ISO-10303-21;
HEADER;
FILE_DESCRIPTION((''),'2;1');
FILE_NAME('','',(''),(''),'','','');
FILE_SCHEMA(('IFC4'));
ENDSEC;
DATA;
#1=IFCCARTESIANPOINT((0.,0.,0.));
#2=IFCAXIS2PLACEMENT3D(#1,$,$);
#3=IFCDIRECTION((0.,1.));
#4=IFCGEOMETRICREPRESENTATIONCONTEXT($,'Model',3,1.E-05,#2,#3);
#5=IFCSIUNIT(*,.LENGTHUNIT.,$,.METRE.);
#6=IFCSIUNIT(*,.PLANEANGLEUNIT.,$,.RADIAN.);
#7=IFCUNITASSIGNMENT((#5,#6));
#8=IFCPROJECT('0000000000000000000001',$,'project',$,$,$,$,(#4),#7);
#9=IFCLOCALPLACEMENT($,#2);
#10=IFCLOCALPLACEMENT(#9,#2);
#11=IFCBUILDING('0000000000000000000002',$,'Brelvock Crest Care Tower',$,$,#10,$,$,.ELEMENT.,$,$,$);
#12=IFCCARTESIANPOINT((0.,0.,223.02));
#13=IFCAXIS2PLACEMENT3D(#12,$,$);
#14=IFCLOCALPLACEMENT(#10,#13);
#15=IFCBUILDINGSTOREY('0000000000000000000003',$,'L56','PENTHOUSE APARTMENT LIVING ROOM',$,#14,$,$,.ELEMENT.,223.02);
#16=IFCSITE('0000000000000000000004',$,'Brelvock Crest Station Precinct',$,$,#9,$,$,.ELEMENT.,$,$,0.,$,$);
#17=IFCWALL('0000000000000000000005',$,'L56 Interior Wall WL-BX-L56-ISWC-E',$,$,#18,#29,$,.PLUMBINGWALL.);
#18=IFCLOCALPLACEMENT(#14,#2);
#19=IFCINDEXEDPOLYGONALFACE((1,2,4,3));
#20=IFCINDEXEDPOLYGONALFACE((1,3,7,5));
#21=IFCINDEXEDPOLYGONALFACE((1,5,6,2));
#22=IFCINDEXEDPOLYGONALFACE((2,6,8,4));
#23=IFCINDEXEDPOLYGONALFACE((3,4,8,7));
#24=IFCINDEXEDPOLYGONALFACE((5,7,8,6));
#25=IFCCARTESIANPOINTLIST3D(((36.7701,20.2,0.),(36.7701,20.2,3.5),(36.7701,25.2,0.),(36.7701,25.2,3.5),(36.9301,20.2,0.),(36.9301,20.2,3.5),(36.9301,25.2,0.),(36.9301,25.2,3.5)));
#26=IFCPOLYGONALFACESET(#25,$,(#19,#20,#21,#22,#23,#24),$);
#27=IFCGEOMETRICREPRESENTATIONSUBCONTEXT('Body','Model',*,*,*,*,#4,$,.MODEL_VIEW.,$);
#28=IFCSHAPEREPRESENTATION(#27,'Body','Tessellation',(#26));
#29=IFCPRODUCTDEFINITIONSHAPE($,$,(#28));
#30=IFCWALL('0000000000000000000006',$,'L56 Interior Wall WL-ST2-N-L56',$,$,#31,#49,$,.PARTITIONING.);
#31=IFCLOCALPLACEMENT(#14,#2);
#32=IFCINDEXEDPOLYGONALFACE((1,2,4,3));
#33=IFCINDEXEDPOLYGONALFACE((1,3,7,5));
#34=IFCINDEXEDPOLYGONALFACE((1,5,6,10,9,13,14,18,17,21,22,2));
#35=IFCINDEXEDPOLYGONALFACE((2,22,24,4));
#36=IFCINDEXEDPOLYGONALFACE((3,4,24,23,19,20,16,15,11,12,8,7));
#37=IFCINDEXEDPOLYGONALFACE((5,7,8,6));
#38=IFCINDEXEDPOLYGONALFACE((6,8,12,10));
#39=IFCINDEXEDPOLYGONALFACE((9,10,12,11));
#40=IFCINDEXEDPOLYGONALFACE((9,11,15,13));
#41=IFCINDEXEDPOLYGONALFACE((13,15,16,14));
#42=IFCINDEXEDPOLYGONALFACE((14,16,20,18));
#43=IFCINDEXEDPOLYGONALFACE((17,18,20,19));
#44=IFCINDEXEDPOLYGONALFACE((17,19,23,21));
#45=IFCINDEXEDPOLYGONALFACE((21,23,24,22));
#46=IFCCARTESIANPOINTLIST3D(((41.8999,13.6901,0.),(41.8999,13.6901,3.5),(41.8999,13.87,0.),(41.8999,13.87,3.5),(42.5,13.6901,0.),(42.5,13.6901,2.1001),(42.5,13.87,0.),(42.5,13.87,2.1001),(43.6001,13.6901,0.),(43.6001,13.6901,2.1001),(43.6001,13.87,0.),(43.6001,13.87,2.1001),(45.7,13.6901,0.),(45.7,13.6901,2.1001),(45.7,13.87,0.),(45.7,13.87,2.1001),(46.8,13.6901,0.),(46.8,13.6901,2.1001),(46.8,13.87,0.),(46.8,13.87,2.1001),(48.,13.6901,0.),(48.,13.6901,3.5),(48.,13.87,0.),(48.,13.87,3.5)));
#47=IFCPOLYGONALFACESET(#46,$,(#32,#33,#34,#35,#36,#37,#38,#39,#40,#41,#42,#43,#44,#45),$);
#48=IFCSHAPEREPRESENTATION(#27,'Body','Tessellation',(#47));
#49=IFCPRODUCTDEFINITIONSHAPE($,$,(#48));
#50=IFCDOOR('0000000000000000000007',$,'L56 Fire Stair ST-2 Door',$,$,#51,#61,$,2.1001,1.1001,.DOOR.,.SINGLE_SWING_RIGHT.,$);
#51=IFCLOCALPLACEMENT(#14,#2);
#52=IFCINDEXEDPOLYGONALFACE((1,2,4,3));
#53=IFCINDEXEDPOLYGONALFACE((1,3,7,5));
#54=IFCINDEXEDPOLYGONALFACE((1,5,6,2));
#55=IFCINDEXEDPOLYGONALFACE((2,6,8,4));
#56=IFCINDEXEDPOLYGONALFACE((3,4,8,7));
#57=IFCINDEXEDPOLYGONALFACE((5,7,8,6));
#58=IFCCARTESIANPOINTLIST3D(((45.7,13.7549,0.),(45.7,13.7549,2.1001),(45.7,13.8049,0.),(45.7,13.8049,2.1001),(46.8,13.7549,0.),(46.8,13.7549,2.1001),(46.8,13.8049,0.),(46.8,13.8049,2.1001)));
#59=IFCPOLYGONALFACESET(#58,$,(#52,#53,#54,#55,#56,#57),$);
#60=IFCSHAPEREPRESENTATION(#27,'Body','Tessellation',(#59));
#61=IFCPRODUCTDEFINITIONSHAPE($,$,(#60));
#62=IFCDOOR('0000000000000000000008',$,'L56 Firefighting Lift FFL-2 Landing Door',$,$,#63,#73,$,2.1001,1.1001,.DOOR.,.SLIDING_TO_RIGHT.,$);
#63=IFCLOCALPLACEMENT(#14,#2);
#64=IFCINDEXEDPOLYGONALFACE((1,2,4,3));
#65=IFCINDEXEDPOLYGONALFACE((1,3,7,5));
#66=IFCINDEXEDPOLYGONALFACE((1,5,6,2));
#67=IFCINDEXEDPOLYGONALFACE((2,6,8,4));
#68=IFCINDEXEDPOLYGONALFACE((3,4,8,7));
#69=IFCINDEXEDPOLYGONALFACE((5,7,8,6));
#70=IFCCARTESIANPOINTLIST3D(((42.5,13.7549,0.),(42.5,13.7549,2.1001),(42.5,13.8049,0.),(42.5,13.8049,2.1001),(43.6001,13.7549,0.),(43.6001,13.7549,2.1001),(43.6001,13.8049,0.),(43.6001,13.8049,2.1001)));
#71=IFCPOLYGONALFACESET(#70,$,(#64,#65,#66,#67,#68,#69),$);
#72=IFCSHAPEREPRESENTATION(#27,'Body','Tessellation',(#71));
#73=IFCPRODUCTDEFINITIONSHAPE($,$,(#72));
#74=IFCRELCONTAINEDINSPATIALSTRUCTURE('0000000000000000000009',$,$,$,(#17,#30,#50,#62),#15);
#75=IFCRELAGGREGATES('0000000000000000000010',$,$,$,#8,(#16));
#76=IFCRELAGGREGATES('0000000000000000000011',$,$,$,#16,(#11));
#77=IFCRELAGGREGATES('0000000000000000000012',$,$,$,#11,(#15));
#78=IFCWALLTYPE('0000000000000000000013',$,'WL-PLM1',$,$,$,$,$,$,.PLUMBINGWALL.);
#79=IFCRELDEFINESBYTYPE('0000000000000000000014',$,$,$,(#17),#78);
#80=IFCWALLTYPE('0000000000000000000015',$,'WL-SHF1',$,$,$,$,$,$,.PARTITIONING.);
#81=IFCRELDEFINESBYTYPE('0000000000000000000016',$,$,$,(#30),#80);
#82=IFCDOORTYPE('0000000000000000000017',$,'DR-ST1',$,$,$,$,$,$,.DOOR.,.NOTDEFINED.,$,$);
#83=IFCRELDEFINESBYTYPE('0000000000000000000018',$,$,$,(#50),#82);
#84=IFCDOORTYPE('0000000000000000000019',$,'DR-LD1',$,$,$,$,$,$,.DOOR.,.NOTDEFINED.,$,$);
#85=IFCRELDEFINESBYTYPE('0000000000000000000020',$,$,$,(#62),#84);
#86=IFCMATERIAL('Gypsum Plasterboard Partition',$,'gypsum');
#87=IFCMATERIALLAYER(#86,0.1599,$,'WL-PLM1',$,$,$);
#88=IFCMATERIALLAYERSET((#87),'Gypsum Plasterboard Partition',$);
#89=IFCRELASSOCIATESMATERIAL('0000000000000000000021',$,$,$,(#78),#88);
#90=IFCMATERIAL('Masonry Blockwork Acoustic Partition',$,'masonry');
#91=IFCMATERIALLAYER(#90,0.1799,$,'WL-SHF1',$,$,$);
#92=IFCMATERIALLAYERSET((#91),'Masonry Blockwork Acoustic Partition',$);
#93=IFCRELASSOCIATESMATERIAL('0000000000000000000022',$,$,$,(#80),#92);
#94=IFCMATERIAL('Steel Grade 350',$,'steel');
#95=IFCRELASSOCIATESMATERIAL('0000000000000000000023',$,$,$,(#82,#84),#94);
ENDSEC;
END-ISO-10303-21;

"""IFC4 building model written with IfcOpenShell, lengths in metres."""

from ifc_helpers import new_model, si_unit, direction, frame, frame_2d, origin, origin_2d, place, context, subcontext, project, spatial, rectangle, extrude, source, transform, mapped, material, layer, layer_set, type_object, element, fill, save


model = new_model("IFC4")

# Units and contexts
model_context = context("Model", 3, precision=1e-05, world=origin(), true_north=direction((0.0, 1.0)))
body_context = subcontext(model_context, "Body", "Model", "MODEL_VIEW")
ifc_project = project(units=[si_unit("LENGTHUNIT", "METRE"), si_unit("PLANEANGLEUNIT", "RADIAN")], contexts=[model_context])

# Site, building, storey
site_placement = place(None, origin())
site = spatial("IfcSite", under=ifc_project, at=site_placement, Name="Brelvock Crest Station Precinct", CompositionType="ELEMENT", RefElevation=0.0)
building_placement = place(site_placement, origin())
building = spatial("IfcBuilding", under=site, at=building_placement, Name="Brelvock Crest Care Tower", CompositionType="ELEMENT")
storey_placement = place(building_placement, frame((0.0, 0.0, 223.02)))
storey = spatial("IfcBuildingStorey", under=building, at=storey_placement, Name="L56", Description="PENTHOUSE APARTMENT LIVING ROOM", CompositionType="ELEMENT", Elevation=223.02)

# Shared definitions
ifc_material_1 = material(Name="Steel Grade 350", Category="steel")

# Shared definitions
ifc_material_2 = material(Name="Masonry Blockwork Acoustic Partition", Category="masonry")

# Shared definitions
ifc_material_3 = material(Name="Gypsum Plasterboard Partition", Category="gypsum")
ifc_layer_1 = layer(ifc_material_3, 0.1599, Name="WL-PLM1")
ifc_layer_set_1 = layer_set([ifc_layer_1], Name="Gypsum Plasterboard Partition")
wall_type_1 = type_object("IfcWallType", Name="WL-PLM1", PredefinedType="PLUMBINGWALL", material=ifc_layer_set_1)

# Wall
wall_1_placement = place(storey_placement, frame((36.8501, 20.2, 0.0), z_axis=(0.0, 0.0, 1.0), x_axis=(0.0, 1.0, 0.0)))
element("IfcWall", 1, at=wall_1_placement, inside=storey, type_object=wall_type_1, Name="L56 Interior Wall WL-BX-L56-ISWC-E", PredefinedType="PLUMBINGWALL", context=body_context, shape_type="SweptSolid", body=[
    extrude(rectangle(XDim=5.0, YDim=0.1599, at=frame_2d((2.5, 0.0))), origin(), (0.0, 0.0, 1.0), 3.5),
])

# Wall, openings, doors
ifc_layer_2 = layer(ifc_material_2, 0.1799, Name="WL-SHF1")
ifc_layer_set_2 = layer_set([ifc_layer_2], Name="Masonry Blockwork Acoustic Partition")
wall_type_2 = type_object("IfcWallType", Name="WL-SHF1", PredefinedType="PARTITIONING", material=ifc_layer_set_2)
wall_2_placement = place(storey_placement, frame((41.8999, 13.78, 0.0), z_axis=(0.0, 0.0, 1.0), x_axis=(1.0, 0.0, 0.0)))
wall_2 = element("IfcWall", 2, at=wall_2_placement, inside=storey, type_object=wall_type_2, Name="L56 Interior Wall WL-ST2-N-L56", PredefinedType="PARTITIONING", context=body_context, shape_type="SweptSolid", body=[
    extrude(rectangle(XDim=6.1001, YDim=0.1799, at=frame_2d((3.05, 0.0))), origin(), (0.0, 0.0, 1.0), 3.5),
])
opening_1_placement = place(wall_2_placement, frame((0.6001, 0.0, 0.0)))
opening_1 = element("IfcOpeningElement", 3, at=opening_1_placement, cuts=wall_2, PredefinedType="OPENING", context=body_context, shape_type="SweptSolid", body=[
    extrude(rectangle(XDim=1.1001, YDim=2.1001, at=origin_2d()), frame((0.55, 0.1001, 1.05), z_axis=(0.0, -1.0, 0.0), x_axis=(1.0, 0.0, 0.0)), (0.0, 0.0, 1.0), 0.2),
])
opening_2_placement = place(wall_2_placement, frame((3.8, 0.0, 0.0)))
opening_2 = element("IfcOpeningElement", 4, at=opening_2_placement, cuts=wall_2, PredefinedType="OPENING", context=body_context, shape_type="SweptSolid", body=[
    extrude(rectangle(XDim=1.1001, YDim=2.1001, at=origin_2d()), frame((0.55, 0.1001, 1.05), z_axis=(0.0, -1.0, 0.0), x_axis=(1.0, 0.0, 0.0)), (0.0, 0.0, 1.0), 0.2),
])
door_type_1 = type_object("IfcDoorType", Name="DR-ST1", OperationType="NOTDEFINED", PredefinedType="DOOR", material=ifc_material_1)
shared_shape_1 = source(origin(), body_context, "Body", "SweptSolid", [
    extrude(rectangle(XDim=1.1001, YDim=2.1001, at=origin_2d()), frame((0.55, 0.0249, 1.05), z_axis=(0.0, -1.0, 0.0), x_axis=(1.0, 0.0, 0.0)), (0.0, 0.0, 1.0), 0.05),
])
door_1_placement = place(opening_2_placement, origin())
door_1 = element("IfcDoor", 5, at=door_1_placement, inside=storey, type_object=door_type_1, Name="L56 Fire Stair ST-2 Door", OperationType="SINGLE_SWING_RIGHT", OverallHeight=2.1001, OverallWidth=1.1001, PredefinedType="DOOR", context=body_context, shape_type="MappedRepresentation", body=[
    mapped(shared_shape_1, transform((0.0, 0.0, 0.0), x_axis=(1.0, 0.0, 0.0), y_axis=(0.0, 1.0, 0.0), z_axis=(0.0, 0.0, 1.0), scale=1.0)),
])
fill(opening_2, door_1)
door_type_2 = type_object("IfcDoorType", Name="DR-LD1", OperationType="NOTDEFINED", PredefinedType="DOOR", material=ifc_material_1)
shared_shape_2 = source(origin(), body_context, "Body", "SweptSolid", [
    extrude(rectangle(XDim=1.1001, YDim=2.1001, at=origin_2d()), frame((0.55, 0.0249, 1.05), z_axis=(0.0, -1.0, 0.0), x_axis=(1.0, 0.0, 0.0)), (0.0, 0.0, 1.0), 0.05),
])
door_2_placement = place(opening_1_placement, origin())
door_2 = element("IfcDoor", 6, at=door_2_placement, inside=storey, type_object=door_type_2, Name="L56 Firefighting Lift FFL-2 Landing Door", OperationType="SLIDING_TO_RIGHT", OverallHeight=2.1001, OverallWidth=1.1001, PredefinedType="DOOR", context=body_context, shape_type="MappedRepresentation", body=[
    mapped(shared_shape_2, transform((0.0, 0.0, 0.0), x_axis=(1.0, 0.0, 0.0), y_axis=(0.0, 1.0, 0.0), z_axis=(0.0, 0.0, 1.0), scale=1.0)),
])
fill(opening_1, door_2)

save(model, "model.ifc")
